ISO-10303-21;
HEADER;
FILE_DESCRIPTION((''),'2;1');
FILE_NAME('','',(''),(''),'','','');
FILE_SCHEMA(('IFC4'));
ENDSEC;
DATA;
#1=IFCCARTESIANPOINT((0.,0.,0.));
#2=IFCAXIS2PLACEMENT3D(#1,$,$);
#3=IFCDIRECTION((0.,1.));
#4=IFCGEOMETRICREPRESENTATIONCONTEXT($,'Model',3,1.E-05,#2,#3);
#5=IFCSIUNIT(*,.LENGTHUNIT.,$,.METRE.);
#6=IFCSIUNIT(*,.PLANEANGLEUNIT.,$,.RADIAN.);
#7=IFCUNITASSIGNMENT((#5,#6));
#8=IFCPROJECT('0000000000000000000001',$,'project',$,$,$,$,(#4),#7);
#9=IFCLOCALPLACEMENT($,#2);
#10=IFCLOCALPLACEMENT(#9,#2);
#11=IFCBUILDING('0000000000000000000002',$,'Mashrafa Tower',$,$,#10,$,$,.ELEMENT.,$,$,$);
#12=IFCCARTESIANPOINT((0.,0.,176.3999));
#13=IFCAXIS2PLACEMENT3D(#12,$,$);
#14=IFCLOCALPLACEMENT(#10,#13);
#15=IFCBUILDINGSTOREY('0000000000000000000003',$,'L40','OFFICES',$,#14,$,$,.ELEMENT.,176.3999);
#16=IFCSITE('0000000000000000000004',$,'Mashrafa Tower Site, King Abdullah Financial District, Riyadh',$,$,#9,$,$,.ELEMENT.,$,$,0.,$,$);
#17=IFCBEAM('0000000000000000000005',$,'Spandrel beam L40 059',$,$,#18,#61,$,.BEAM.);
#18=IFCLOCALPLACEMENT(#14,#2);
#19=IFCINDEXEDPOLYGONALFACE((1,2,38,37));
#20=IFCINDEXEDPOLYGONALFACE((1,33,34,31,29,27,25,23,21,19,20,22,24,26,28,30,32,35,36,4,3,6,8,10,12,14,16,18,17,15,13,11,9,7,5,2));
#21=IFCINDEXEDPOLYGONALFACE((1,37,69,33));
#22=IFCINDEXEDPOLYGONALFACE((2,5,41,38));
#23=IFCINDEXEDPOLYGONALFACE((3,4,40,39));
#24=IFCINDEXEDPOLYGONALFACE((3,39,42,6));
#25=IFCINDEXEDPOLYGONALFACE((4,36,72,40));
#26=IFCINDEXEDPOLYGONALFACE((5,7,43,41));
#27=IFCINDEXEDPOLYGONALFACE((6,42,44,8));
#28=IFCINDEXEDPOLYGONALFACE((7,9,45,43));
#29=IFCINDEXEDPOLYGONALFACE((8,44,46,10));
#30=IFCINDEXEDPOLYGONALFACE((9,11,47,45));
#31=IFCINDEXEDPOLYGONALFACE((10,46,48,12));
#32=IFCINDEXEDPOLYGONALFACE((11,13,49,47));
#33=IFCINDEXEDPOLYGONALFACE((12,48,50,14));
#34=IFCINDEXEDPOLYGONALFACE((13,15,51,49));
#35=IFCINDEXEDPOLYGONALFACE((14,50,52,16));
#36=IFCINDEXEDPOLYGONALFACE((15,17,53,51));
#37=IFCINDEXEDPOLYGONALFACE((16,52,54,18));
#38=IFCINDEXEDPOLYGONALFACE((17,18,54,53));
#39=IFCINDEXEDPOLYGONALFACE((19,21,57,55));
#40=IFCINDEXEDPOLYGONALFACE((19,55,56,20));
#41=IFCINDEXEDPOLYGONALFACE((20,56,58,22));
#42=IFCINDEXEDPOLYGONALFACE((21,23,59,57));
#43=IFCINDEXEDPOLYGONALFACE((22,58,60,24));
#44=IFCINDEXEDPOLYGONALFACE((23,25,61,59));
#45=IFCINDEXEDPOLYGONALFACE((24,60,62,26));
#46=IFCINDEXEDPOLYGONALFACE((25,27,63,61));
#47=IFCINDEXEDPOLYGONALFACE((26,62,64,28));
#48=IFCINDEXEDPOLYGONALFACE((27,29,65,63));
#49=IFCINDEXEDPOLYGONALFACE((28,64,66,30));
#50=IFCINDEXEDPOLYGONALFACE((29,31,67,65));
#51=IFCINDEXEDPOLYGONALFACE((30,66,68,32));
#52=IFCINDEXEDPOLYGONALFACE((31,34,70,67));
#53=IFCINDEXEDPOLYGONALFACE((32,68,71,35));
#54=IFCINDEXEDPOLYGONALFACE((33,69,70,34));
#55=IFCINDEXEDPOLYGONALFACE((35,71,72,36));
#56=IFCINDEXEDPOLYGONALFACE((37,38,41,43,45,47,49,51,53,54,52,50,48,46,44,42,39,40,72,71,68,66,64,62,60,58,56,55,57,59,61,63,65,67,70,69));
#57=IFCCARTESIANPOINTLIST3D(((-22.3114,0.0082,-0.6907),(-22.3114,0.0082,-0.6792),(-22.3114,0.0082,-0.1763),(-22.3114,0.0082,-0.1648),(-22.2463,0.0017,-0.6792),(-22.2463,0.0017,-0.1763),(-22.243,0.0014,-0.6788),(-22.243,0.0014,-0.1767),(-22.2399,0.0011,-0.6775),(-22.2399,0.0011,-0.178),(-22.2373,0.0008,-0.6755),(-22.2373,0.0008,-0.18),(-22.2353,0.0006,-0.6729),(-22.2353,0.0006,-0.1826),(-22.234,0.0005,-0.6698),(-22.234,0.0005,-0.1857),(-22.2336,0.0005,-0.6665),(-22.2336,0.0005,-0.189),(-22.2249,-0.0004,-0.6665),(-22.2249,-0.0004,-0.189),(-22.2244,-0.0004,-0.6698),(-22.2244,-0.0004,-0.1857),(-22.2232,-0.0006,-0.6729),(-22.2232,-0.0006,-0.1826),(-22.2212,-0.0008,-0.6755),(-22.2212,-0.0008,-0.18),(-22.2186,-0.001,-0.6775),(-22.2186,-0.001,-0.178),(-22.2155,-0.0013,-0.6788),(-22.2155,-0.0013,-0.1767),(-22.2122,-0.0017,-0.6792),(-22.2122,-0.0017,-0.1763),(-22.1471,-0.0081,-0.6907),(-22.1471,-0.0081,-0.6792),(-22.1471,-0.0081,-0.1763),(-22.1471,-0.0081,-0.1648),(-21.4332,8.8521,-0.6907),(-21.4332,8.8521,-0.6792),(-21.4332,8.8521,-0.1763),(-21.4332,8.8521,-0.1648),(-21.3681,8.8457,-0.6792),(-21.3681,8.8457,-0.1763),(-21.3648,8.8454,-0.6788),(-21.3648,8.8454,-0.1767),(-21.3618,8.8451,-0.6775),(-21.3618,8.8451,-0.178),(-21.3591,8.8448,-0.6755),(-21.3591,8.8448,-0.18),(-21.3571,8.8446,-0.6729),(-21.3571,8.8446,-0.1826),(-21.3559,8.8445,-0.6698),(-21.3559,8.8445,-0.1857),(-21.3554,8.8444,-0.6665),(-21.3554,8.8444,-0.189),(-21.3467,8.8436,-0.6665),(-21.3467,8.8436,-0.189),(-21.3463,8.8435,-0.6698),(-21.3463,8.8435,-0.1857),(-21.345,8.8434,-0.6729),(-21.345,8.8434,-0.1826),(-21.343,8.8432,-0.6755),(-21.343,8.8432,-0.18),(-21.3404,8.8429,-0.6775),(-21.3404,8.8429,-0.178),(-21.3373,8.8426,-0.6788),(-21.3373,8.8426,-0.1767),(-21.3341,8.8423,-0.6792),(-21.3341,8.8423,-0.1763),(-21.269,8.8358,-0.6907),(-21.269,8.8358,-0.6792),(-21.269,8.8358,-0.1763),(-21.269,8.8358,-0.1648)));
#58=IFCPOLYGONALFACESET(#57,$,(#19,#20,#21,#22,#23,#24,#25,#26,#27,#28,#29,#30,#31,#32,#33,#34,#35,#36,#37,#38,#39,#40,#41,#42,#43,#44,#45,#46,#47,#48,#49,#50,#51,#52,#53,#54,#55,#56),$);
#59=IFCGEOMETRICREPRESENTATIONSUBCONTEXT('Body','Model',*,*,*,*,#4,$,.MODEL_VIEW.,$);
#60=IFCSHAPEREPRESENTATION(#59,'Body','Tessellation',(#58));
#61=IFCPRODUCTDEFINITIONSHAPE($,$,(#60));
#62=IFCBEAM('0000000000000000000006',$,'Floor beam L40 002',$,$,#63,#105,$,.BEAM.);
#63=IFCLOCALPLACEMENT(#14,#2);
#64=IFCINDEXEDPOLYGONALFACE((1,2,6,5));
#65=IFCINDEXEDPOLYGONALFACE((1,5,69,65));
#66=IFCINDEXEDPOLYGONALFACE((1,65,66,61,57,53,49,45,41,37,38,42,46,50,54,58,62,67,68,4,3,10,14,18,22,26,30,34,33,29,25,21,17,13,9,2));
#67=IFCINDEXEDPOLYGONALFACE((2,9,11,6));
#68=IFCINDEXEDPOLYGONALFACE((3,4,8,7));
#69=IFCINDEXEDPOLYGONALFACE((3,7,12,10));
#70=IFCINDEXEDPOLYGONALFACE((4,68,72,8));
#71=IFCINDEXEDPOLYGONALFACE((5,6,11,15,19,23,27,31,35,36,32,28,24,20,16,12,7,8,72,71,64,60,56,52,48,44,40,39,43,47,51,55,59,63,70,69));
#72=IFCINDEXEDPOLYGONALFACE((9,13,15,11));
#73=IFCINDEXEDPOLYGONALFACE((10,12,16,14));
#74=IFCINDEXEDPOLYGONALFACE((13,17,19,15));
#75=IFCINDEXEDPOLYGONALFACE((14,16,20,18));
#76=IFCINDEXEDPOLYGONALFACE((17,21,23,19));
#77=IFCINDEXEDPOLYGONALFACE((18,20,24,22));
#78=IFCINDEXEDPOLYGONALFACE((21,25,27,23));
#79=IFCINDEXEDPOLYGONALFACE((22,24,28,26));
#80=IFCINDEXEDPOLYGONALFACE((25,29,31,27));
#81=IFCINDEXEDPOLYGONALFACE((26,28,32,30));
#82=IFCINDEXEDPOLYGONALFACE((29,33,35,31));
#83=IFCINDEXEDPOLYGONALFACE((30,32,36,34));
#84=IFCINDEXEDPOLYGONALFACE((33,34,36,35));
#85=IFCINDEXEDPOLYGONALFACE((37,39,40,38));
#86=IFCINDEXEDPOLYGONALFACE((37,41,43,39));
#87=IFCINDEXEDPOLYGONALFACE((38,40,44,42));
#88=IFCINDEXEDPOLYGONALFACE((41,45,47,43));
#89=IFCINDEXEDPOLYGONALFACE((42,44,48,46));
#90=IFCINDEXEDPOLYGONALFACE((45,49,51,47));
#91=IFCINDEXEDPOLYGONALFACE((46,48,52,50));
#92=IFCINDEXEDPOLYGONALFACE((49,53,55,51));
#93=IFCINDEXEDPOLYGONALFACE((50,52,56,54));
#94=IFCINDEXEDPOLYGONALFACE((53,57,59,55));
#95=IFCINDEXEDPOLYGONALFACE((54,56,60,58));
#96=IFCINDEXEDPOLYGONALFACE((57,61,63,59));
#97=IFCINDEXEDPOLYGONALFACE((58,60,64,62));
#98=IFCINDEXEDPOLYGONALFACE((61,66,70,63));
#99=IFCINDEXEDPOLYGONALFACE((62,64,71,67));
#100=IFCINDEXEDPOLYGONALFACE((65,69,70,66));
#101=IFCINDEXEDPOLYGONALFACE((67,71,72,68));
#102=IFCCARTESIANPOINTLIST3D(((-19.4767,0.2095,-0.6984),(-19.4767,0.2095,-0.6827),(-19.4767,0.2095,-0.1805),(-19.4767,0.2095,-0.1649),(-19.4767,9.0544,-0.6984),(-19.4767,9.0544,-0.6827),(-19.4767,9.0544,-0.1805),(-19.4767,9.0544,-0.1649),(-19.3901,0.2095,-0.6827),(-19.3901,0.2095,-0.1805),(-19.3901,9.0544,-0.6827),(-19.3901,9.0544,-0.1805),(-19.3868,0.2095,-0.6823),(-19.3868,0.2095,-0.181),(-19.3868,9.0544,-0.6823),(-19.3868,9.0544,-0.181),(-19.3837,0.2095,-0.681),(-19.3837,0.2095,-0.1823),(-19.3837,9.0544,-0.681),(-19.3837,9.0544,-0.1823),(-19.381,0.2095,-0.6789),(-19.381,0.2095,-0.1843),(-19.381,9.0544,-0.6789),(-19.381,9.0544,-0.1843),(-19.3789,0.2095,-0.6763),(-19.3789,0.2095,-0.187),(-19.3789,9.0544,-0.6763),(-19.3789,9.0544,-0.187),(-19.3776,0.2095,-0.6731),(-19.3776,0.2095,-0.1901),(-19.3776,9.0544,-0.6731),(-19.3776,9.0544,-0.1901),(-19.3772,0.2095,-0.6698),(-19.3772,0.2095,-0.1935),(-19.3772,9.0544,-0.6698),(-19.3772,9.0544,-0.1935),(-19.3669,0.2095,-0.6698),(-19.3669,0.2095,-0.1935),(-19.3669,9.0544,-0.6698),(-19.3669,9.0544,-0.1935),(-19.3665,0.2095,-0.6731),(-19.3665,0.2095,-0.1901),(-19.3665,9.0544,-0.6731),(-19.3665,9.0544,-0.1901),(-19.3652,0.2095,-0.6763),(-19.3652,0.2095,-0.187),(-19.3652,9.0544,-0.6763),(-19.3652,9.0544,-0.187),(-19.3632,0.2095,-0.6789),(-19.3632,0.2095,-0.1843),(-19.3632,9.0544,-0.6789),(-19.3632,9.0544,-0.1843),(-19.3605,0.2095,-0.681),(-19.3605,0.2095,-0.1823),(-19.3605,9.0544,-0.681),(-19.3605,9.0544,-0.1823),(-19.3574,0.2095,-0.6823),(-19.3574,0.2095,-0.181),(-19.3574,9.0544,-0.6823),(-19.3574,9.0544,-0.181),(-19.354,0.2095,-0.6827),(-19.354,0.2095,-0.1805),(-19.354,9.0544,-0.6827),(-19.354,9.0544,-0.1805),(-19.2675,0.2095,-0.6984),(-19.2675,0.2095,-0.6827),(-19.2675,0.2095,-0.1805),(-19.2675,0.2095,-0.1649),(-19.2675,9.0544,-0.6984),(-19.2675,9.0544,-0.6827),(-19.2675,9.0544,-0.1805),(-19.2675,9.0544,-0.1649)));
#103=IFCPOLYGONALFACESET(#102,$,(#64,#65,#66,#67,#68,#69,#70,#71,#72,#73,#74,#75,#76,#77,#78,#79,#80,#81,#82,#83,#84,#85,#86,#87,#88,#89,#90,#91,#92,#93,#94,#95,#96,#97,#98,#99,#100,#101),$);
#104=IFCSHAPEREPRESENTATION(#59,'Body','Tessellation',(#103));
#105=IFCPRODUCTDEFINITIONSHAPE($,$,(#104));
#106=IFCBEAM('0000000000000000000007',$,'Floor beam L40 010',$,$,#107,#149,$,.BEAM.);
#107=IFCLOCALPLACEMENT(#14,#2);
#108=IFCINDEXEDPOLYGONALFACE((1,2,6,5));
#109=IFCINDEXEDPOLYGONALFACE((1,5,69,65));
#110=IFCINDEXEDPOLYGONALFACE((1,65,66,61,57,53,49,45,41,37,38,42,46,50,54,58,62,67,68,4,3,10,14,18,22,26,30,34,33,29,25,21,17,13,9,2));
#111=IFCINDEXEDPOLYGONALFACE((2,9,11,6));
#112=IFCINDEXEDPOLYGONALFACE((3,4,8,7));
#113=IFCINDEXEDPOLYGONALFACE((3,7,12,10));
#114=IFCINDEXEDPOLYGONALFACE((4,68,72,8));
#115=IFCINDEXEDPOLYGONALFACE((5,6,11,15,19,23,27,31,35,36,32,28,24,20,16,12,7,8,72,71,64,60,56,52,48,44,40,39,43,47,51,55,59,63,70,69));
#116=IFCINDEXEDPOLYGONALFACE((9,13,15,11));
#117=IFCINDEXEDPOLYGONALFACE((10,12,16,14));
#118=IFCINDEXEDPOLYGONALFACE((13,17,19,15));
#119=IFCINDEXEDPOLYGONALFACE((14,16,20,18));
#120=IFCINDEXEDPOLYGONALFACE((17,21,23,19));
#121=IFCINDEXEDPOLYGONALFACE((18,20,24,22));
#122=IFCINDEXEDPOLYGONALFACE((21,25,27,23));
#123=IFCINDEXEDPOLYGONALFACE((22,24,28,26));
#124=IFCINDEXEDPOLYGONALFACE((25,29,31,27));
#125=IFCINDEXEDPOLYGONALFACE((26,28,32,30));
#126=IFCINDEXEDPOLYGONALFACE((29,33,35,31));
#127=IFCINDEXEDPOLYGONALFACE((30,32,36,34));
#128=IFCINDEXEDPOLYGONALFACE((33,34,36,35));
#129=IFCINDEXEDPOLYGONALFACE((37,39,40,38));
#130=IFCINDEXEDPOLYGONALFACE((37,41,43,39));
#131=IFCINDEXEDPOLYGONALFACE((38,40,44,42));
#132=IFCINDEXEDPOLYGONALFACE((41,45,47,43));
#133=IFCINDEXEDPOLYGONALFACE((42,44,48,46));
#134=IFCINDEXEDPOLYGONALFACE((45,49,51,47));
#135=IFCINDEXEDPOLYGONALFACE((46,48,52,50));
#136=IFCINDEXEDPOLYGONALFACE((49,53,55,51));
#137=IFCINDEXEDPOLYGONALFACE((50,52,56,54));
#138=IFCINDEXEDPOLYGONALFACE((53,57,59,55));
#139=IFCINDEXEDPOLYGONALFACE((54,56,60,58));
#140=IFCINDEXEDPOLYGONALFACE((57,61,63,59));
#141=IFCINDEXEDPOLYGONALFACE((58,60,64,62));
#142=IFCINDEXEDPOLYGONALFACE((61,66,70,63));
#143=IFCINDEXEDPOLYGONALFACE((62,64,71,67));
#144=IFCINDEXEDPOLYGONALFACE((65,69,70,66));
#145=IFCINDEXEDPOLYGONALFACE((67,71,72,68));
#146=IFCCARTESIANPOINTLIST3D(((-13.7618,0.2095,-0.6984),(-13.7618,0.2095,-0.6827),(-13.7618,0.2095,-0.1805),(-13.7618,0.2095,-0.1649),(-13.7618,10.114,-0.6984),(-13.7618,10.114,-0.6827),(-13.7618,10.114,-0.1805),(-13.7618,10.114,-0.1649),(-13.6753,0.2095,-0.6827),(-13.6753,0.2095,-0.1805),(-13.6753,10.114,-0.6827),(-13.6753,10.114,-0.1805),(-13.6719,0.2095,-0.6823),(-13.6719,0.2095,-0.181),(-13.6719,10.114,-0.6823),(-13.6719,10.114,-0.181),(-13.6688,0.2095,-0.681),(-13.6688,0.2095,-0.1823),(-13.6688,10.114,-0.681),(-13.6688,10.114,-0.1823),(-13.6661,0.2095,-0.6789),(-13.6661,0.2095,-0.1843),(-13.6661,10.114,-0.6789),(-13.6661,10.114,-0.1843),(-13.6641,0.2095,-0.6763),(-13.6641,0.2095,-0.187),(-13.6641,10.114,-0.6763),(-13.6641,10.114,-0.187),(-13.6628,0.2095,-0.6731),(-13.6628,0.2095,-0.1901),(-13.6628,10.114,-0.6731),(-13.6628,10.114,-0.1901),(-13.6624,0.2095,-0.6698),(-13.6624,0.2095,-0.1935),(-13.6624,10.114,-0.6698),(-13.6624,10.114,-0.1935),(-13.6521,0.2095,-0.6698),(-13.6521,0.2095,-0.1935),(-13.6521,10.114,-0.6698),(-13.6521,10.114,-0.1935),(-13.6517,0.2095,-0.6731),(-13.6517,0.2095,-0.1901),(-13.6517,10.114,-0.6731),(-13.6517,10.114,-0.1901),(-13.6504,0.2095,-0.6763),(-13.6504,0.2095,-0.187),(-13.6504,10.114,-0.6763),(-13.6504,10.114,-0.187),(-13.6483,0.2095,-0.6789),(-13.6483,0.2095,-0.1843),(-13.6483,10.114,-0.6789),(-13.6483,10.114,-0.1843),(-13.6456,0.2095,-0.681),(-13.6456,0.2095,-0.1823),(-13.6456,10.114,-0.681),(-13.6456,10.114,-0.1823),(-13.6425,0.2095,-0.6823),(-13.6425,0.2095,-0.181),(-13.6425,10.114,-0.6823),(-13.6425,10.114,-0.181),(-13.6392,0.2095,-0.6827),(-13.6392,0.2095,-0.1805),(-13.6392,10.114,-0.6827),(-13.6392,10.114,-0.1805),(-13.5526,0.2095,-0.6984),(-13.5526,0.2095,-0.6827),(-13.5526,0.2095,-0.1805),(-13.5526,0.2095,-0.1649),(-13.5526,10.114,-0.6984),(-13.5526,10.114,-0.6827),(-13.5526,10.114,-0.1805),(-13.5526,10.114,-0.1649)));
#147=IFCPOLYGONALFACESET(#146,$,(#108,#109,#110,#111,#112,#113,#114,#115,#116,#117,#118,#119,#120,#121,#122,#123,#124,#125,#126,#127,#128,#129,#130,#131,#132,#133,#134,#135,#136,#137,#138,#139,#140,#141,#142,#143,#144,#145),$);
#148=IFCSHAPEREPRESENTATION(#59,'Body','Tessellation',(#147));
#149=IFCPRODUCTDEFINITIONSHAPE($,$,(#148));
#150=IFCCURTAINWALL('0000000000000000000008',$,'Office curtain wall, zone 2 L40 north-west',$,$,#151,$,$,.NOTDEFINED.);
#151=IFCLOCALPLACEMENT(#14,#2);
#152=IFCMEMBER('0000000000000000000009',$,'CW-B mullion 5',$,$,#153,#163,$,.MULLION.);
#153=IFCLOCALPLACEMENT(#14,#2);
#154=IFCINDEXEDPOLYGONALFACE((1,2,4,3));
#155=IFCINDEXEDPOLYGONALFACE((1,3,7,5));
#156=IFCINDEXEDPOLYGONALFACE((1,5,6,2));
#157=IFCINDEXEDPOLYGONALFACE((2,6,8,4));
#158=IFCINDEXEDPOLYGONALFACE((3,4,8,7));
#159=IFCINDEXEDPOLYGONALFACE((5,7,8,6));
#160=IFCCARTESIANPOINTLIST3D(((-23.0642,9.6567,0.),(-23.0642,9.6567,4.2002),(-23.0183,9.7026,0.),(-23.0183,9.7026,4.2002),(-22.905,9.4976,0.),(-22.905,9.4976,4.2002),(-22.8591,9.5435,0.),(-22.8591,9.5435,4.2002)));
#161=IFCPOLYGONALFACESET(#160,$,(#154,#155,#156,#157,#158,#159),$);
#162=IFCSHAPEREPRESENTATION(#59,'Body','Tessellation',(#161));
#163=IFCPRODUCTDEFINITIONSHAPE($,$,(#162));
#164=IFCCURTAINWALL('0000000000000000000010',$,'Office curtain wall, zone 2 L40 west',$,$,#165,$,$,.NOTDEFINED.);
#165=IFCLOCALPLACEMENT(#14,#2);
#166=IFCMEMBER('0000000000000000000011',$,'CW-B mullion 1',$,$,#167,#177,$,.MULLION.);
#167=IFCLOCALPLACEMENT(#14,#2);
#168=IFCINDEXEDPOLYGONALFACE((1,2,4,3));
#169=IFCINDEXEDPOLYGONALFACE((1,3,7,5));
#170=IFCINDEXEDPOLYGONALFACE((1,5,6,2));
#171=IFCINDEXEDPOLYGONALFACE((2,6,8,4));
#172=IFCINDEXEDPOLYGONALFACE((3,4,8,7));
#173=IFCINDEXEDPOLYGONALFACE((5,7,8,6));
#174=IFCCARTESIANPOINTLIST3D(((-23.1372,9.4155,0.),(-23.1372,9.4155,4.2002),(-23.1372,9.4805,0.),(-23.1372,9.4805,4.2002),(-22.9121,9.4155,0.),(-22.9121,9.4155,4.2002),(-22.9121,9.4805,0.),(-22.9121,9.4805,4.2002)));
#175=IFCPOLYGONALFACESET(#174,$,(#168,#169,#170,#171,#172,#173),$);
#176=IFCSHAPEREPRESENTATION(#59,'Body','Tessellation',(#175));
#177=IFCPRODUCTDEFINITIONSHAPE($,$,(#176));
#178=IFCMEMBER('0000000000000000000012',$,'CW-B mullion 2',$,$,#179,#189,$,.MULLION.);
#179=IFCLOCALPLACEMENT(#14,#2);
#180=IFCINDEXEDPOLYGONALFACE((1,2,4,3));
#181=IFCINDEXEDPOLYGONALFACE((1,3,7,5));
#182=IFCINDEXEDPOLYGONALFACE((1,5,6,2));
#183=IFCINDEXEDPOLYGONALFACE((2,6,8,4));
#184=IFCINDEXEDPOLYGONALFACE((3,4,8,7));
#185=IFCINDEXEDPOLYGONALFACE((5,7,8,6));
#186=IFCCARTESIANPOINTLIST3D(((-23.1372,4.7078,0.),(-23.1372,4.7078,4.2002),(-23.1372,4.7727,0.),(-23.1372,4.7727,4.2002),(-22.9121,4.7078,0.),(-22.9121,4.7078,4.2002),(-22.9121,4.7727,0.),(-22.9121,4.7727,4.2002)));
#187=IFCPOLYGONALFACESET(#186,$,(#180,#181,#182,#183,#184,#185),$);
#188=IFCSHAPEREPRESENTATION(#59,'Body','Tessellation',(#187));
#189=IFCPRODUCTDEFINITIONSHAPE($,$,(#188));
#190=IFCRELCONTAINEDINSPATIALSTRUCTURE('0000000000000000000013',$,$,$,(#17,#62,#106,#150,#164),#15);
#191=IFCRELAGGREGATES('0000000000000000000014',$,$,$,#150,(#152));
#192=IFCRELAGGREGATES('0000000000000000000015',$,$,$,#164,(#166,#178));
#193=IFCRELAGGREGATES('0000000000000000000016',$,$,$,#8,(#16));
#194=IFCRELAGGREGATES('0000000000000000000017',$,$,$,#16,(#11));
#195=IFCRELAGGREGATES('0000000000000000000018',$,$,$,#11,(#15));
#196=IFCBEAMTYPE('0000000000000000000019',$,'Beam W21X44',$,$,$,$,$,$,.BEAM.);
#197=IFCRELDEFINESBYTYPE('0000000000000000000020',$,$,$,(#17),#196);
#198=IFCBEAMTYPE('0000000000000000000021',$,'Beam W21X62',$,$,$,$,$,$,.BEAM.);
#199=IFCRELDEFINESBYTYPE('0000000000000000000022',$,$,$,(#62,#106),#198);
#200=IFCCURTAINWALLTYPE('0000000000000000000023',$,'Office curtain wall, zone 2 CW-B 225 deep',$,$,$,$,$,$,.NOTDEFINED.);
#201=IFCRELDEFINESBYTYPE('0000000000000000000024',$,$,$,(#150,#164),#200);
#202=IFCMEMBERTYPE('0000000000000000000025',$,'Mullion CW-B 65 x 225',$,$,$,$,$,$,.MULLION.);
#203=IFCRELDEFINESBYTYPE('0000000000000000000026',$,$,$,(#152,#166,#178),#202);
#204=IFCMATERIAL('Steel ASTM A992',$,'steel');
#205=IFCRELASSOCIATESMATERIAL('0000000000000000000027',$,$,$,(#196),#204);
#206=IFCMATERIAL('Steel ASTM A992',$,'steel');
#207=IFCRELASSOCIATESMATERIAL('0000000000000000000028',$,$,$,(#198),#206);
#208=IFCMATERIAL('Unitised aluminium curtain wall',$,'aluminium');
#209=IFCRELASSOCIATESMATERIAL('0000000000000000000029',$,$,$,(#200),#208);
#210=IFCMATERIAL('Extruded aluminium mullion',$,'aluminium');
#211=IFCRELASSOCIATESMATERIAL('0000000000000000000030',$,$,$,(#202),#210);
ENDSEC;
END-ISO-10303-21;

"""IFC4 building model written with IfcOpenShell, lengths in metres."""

from ifc_helpers import new_model, si_unit, direction, frame, origin, origin_2d, place, context, subcontext, project, spatial, rectangle, i_section, extrude, source, transform, mapped, material, material_profile, profile_set, type_object, type_shapes, element, aggregate, save


model = new_model("IFC4")

# Units and contexts
model_context = context("Model", 3, precision=1e-05, world=origin(), true_north=direction((0.0, 1.0)))
body_context = subcontext(model_context, "Body", "Model", "MODEL_VIEW")
ifc_project = project(units=[si_unit("LENGTHUNIT", "METRE"), si_unit("PLANEANGLEUNIT", "RADIAN")], contexts=[model_context])

# Site, building, storey
site_placement = place(None, origin())
site = spatial("IfcSite", under=ifc_project, at=site_placement, Name="Mashrafa Tower Site, King Abdullah Financial District, Riyadh", CompositionType="ELEMENT", RefElevation=0.0)
building_placement = place(site_placement, origin())
building = spatial("IfcBuilding", under=site, at=building_placement, Name="Mashrafa Tower", CompositionType="ELEMENT")
storey_placement = place(building_placement, frame((0.0, 0.0, 176.3999)))
storey = spatial("IfcBuildingStorey", under=building, at=storey_placement, Name="L40", Description="OFFICES", CompositionType="ELEMENT", Elevation=176.3999)

# Beams
ifc_material_1 = material(Name="Steel ASTM A992", Category="steel")
ifc_material_profile_1 = material_profile(ifc_material_1, i_section(OverallWidth=0.165, OverallDepth=0.5259, WebThickness=0.0088, FlangeThickness=0.0115, FilletRadius=0.0127, at=origin_2d()), Name="W21X44")
ifc_profile_set_1 = profile_set([ifc_material_profile_1], Name="Steel ASTM A992")
beam_type_1 = type_object("IfcBeamType", Name="Beam W21X44", PredefinedType="BEAM", material=ifc_profile_set_1)
beam_1_placement = place(storey_placement, frame((-21.3511, 8.844, -0.4277), z_axis=(-0.09881, -0.995106, 0.0), x_axis=(0.995106, -0.09881, 0.0)))
element("IfcBeam", 1, at=beam_1_placement, inside=storey, type_object=beam_type_1, Name="Spandrel beam L40 059", PredefinedType="BEAM", context=body_context, shape_type="SweptSolid", body=[
    extrude(i_section(OverallWidth=0.165, OverallDepth=0.5259, WebThickness=0.0088, FlangeThickness=0.0115, FilletRadius=0.0127, at=origin_2d()), origin(), (0.0, 0.0, 1.0), 8.8875),
])
ifc_material_2 = material(Name="Steel ASTM A992", Category="steel")
ifc_material_profile_2 = material_profile(ifc_material_2, i_section(OverallWidth=0.2092, OverallDepth=0.5334, WebThickness=0.0103, FlangeThickness=0.0156, FilletRadius=0.0129, at=origin_2d()), Name="W21X62")
ifc_profile_set_2 = profile_set([ifc_material_profile_2], Name="Steel ASTM A992")
beam_type_2 = type_object("IfcBeamType", Name="Beam W21X62", PredefinedType="BEAM", material=ifc_profile_set_2)
beam_2_placement = place(storey_placement, frame((-19.3721, 0.2095, -0.4316), z_axis=(0.0, 1.0, 0.0), x_axis=(-1.0, 0.0, 0.0)))
element("IfcBeam", 2, at=beam_2_placement, inside=storey, type_object=beam_type_2, Name="Floor beam L40 002", PredefinedType="BEAM", context=body_context, shape_type="SweptSolid", body=[
    extrude(i_section(OverallWidth=0.2092, OverallDepth=0.5334, WebThickness=0.0103, FlangeThickness=0.0156, FilletRadius=0.0129, at=origin_2d()), origin(), (0.0, 0.0, 1.0), 8.845),
])
beam_3_placement = place(storey_placement, frame((-13.6572, 0.2095, -0.4316), z_axis=(0.0, 1.0, 0.0), x_axis=(-1.0, 0.0, 0.0)))
element("IfcBeam", 3, at=beam_3_placement, inside=storey, type_object=beam_type_2, Name="Floor beam L40 010", PredefinedType="BEAM", context=body_context, shape_type="SweptSolid", body=[
    extrude(i_section(OverallWidth=0.2092, OverallDepth=0.5334, WebThickness=0.0103, FlangeThickness=0.0156, FilletRadius=0.0129, at=origin_2d()), origin(), (0.0, 0.0, 1.0), 9.9045),
])

# Curtain wall, member
ifc_material_3 = material(Name="Unitised aluminium curtain wall", Category="aluminium")
curtain_wall_type = type_object("IfcCurtainWallType", Name="Office curtain wall, zone 2 CW-B 225 deep", PredefinedType="NOTDEFINED", material=ifc_material_3)
curtain_wall_1_placement = place(storey_placement, origin())
curtain_wall_1 = element("IfcCurtainWall", 4, at=curtain_wall_1_placement, inside=storey, type_object=curtain_wall_type, Name="Office curtain wall, zone 2 L40 north-west", PredefinedType="NOTDEFINED")
ifc_material_4 = material(Name="Extruded aluminium mullion", Category="aluminium")
ifc_material_profile_3 = material_profile(ifc_material_4, rectangle(XDim=0.2251, YDim=0.0649, at=origin_2d()), Name="Mullion 65x225")
ifc_profile_set_3 = profile_set([ifc_material_profile_3], Name="Extruded aluminium mullion")
member_type_1 = type_object("IfcMemberType", Name="Mullion CW-B 65 x 225", PredefinedType="MULLION", material=ifc_profile_set_3)
shared_shape_1 = source(origin(), body_context, "Body", "SweptSolid", [
    extrude(rectangle(XDim=0.2251, YDim=0.0649, at=origin_2d()), origin(), (0.0, 0.0, 1.0), 4.2002),
])
type_shapes(member_type_1, [shared_shape_1])
member_1_placement = place(storey_placement, frame((-22.9617, 9.6001, 0.0), z_axis=(0.0, 0.0, 1.0), x_axis=(0.707107, -0.707107, 0.0)))
member_1 = element("IfcMember", 5, at=member_1_placement, type_object=member_type_1, Name="CW-B mullion 5", PredefinedType="MULLION", context=body_context, shape_type="MappedRepresentation", body=[
    mapped(shared_shape_1, transform((0.0, 0.0, 0.0))),
])
aggregate(curtain_wall_1, [member_1])

# Curtain wall, members
curtain_wall_2_placement = place(storey_placement, origin())
curtain_wall_2 = element("IfcCurtainWall", 6, at=curtain_wall_2_placement, inside=storey, type_object=curtain_wall_type, Name="Office curtain wall, zone 2 L40 west", PredefinedType="NOTDEFINED")
member_2_placement = place(storey_placement, frame((-23.0247, 9.448, 0.0), z_axis=(0.0, 0.0, 1.0), x_axis=(1.0, 0.0, 0.0)))
member_2 = element("IfcMember", 7, at=member_2_placement, type_object=member_type_1, Name="CW-B mullion 1", PredefinedType="MULLION", context=body_context, shape_type="MappedRepresentation", body=[
    mapped(shared_shape_1, transform((0.0, 0.0, 0.0))),
])
member_3_placement = place(storey_placement, frame((-23.0247, 4.7402, 0.0), z_axis=(0.0, 0.0, 1.0), x_axis=(1.0, 0.0, 0.0)))
member_3 = element("IfcMember", 8, at=member_3_placement, type_object=member_type_1, Name="CW-B mullion 2", PredefinedType="MULLION", context=body_context, shape_type="MappedRepresentation", body=[
    mapped(shared_shape_1, transform((0.0, 0.0, 0.0))),
])
aggregate(curtain_wall_2, [member_2, member_3])

save(model, "model.ifc")
